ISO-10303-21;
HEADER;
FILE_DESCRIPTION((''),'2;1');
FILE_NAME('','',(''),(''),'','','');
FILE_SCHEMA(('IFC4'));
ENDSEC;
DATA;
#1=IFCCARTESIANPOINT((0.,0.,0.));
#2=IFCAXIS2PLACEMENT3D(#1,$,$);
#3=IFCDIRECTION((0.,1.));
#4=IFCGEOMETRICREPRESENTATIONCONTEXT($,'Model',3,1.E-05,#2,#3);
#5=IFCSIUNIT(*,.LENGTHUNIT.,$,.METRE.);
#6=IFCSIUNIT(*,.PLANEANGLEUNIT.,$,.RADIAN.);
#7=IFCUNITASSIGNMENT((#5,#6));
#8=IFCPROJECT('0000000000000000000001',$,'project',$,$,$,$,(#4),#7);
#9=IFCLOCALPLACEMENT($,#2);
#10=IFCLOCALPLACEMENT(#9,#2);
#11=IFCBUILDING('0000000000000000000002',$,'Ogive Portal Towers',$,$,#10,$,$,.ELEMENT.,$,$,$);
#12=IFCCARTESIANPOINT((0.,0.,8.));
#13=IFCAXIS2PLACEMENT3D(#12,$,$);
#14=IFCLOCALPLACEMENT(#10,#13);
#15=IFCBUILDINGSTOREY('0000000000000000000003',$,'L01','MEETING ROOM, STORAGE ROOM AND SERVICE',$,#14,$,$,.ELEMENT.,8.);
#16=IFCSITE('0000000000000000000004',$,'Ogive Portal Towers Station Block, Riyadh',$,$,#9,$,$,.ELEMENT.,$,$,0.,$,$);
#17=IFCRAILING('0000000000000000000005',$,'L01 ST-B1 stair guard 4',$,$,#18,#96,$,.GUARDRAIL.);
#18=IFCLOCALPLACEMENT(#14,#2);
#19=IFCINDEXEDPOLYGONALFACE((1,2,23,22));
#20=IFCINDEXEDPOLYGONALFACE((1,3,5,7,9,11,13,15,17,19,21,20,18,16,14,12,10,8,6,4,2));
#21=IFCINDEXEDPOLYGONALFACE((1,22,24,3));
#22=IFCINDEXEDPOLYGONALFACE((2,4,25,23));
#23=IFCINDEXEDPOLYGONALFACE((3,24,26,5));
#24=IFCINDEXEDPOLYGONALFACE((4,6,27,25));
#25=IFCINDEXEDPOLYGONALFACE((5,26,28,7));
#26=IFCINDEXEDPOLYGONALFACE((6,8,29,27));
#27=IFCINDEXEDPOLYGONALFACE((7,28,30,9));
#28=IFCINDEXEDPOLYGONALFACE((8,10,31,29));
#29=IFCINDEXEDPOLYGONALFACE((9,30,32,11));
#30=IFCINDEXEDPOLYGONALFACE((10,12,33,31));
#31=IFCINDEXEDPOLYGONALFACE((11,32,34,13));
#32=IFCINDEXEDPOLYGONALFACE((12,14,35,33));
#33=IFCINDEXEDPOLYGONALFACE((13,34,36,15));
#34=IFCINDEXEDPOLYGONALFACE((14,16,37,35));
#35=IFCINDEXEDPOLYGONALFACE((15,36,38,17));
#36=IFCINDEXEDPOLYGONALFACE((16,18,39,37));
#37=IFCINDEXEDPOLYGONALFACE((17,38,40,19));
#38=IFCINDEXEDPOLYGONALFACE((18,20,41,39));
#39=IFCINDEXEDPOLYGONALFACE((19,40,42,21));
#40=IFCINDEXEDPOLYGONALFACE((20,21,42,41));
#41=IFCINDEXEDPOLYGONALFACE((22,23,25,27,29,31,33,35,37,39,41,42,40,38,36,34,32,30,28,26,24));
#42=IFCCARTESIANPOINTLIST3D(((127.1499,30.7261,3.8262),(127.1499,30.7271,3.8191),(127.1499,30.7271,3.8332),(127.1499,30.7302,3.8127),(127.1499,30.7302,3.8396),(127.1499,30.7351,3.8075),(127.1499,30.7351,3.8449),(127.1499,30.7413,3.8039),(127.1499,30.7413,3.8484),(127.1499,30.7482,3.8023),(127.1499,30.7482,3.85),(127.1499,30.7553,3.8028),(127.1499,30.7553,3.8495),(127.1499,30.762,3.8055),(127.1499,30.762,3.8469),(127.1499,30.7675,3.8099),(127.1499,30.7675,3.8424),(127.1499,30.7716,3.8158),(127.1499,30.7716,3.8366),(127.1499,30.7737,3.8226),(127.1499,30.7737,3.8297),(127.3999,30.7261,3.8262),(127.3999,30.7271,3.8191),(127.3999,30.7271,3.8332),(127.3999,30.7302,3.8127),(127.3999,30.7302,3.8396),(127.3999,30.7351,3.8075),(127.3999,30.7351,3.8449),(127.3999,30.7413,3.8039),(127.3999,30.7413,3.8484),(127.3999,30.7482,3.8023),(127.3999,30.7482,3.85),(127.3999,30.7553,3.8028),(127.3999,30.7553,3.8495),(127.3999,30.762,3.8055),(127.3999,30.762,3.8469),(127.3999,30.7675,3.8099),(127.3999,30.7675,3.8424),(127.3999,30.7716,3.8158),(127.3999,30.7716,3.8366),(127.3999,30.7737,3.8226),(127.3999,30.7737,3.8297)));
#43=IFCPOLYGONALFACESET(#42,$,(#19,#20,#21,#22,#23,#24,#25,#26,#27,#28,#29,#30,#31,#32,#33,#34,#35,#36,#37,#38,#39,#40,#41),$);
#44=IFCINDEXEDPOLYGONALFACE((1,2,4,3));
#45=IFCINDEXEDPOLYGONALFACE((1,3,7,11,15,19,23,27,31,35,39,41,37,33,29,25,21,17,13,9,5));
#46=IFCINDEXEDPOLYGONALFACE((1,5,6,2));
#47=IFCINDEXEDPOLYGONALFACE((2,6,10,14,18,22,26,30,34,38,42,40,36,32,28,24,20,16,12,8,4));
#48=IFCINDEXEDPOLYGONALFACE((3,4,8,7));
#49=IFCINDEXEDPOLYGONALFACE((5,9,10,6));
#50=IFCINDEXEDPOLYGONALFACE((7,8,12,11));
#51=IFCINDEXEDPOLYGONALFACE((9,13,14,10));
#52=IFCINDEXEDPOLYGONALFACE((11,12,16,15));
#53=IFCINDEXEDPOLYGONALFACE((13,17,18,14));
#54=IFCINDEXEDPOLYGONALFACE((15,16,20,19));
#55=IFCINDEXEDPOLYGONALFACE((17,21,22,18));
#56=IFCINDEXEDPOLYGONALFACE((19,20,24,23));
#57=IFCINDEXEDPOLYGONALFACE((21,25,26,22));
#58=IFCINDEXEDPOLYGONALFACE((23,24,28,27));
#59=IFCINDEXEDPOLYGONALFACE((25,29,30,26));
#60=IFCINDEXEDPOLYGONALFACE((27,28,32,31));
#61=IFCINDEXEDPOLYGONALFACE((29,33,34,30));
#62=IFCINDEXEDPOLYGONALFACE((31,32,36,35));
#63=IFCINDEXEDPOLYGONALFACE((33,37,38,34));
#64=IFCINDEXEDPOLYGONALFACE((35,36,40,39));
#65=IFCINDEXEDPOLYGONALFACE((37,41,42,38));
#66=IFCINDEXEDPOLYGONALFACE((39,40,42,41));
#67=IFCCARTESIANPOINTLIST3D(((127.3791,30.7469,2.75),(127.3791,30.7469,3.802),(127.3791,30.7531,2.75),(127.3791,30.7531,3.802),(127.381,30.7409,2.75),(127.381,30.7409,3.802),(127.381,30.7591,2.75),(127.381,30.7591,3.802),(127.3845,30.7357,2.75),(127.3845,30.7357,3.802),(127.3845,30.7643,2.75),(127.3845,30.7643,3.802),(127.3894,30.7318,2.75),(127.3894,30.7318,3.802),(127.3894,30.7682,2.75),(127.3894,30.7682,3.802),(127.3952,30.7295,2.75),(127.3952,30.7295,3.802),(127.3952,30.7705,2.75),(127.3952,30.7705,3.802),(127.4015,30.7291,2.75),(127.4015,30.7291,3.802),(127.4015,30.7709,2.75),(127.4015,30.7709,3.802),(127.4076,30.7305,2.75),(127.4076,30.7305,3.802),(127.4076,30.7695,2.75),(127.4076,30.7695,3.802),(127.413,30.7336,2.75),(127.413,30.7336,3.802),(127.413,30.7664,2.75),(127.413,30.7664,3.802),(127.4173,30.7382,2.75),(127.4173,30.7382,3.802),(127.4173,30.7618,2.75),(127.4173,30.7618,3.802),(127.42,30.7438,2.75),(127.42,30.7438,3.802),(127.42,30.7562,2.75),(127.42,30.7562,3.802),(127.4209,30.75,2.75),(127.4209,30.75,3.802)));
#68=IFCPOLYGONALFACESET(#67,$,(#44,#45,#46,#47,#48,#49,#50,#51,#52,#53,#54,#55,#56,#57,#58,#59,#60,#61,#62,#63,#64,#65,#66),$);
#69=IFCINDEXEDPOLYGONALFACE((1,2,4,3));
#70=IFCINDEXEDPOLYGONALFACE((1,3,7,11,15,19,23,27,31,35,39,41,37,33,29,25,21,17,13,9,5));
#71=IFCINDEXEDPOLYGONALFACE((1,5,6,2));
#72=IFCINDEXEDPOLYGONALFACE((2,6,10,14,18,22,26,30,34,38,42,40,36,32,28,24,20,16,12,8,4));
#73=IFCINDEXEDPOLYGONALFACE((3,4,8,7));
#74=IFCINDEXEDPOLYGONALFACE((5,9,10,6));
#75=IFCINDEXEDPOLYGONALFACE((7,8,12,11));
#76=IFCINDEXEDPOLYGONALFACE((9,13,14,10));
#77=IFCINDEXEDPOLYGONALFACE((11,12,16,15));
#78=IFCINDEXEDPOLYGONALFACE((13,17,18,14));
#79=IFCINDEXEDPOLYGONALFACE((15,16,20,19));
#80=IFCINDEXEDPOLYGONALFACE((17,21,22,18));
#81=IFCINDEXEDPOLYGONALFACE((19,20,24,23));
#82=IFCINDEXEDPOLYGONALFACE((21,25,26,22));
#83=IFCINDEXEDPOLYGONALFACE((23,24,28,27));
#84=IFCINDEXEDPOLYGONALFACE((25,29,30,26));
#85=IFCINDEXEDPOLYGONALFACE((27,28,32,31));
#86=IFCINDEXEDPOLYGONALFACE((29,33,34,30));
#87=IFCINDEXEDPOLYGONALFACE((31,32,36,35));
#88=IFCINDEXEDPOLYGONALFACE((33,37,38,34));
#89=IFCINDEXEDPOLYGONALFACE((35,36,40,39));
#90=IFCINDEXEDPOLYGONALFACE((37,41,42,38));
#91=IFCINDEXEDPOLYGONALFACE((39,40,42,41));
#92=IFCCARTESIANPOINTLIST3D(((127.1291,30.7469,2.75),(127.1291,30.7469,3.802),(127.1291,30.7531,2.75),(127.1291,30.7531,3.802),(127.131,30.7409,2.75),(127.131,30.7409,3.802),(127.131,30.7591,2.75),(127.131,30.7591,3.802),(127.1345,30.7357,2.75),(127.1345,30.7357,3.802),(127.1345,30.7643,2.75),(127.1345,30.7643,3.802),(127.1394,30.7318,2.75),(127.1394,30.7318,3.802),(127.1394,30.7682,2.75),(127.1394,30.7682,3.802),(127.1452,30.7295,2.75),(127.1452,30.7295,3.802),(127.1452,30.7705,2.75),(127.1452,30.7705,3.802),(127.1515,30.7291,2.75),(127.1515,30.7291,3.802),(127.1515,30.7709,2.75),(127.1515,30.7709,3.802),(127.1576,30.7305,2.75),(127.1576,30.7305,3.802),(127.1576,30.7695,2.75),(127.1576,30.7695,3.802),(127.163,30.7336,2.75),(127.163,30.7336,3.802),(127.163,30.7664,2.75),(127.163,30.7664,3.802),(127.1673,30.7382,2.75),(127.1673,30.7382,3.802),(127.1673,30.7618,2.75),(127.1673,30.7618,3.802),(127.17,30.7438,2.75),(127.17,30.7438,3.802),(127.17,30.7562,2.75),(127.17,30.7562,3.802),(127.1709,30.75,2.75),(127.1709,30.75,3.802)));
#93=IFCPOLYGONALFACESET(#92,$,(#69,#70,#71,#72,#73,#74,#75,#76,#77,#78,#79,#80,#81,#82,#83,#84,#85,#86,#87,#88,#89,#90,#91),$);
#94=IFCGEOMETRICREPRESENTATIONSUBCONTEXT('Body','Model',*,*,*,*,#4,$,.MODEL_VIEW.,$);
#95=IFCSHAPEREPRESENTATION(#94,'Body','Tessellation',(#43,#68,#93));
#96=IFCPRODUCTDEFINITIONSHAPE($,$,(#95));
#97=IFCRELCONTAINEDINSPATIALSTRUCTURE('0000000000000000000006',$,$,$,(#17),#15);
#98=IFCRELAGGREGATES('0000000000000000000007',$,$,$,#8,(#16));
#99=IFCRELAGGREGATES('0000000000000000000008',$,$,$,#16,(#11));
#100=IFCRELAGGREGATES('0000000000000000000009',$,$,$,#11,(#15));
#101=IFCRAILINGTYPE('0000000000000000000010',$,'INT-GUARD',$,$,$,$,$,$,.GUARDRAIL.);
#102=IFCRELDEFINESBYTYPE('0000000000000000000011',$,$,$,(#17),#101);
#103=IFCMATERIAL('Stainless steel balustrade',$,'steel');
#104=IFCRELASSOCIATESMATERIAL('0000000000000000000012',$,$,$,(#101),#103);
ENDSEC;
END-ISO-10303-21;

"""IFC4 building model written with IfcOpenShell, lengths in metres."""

from ifc_helpers import new_model, si_unit, direction, frame, origin, origin_2d, place, context, subcontext, project, spatial, circle, extrude, material, type_object, element, save


model = new_model("IFC4")

# Units and contexts
model_context = context("Model", 3, precision=1e-05, world=origin(), true_north=direction((0.0, 1.0)))
body_context = subcontext(model_context, "Body", "Model", "MODEL_VIEW")
ifc_project = project(units=[si_unit("LENGTHUNIT", "METRE"), si_unit("PLANEANGLEUNIT", "RADIAN")], contexts=[model_context])

# Site, building, storey
site_placement = place(None, origin())
site = spatial("IfcSite", under=ifc_project, at=site_placement, Name="Ogive Portal Towers Station Block, Riyadh", CompositionType="ELEMENT", RefElevation=0.0)
building_placement = place(site_placement, origin())
building = spatial("IfcBuilding", under=site, at=building_placement, Name="Ogive Portal Towers", CompositionType="ELEMENT")
storey_placement = place(building_placement, frame((0.0, 0.0, 8.0)))
storey = spatial("IfcBuildingStorey", under=building, at=storey_placement, Name="L01", Description="MEETING ROOM, STORAGE ROOM AND SERVICE", CompositionType="ELEMENT", Elevation=8.0)

# Railing
ifc_material_1 = material(Name="Stainless steel balustrade", Category="steel")
railing_type_1 = type_object("IfcRailingType", Name="INT-GUARD", PredefinedType="GUARDRAIL", material=ifc_material_1)
railing_1_placement = place(storey_placement, frame((127.3999, 30.75, 2.75)))
element("IfcRailing", 1, at=railing_1_placement, inside=storey, type_object=railing_type_1, Name="L01 ST-B1 stair guard 4", PredefinedType="GUARDRAIL", context=body_context, shape_type="SweptSolid", body=[
    extrude(circle(Radius=0.0239, at=origin_2d()), frame((0.0, 0.0, 1.0762), z_axis=(-1.0, 0.0, 0.0), x_axis=(0.0, -1.0, 0.0)), (0.0, 0.0, 1.0), 0.25),
    extrude(circle(Radius=0.021, at=origin_2d()), origin(), (0.0, 0.0, 1.0), 1.052),
    extrude(circle(Radius=0.021, at=origin_2d()), frame((-0.25, 0.0, 0.0)), (0.0, 0.0, 1.0), 1.052),
])

save(model, "model.ifc")
